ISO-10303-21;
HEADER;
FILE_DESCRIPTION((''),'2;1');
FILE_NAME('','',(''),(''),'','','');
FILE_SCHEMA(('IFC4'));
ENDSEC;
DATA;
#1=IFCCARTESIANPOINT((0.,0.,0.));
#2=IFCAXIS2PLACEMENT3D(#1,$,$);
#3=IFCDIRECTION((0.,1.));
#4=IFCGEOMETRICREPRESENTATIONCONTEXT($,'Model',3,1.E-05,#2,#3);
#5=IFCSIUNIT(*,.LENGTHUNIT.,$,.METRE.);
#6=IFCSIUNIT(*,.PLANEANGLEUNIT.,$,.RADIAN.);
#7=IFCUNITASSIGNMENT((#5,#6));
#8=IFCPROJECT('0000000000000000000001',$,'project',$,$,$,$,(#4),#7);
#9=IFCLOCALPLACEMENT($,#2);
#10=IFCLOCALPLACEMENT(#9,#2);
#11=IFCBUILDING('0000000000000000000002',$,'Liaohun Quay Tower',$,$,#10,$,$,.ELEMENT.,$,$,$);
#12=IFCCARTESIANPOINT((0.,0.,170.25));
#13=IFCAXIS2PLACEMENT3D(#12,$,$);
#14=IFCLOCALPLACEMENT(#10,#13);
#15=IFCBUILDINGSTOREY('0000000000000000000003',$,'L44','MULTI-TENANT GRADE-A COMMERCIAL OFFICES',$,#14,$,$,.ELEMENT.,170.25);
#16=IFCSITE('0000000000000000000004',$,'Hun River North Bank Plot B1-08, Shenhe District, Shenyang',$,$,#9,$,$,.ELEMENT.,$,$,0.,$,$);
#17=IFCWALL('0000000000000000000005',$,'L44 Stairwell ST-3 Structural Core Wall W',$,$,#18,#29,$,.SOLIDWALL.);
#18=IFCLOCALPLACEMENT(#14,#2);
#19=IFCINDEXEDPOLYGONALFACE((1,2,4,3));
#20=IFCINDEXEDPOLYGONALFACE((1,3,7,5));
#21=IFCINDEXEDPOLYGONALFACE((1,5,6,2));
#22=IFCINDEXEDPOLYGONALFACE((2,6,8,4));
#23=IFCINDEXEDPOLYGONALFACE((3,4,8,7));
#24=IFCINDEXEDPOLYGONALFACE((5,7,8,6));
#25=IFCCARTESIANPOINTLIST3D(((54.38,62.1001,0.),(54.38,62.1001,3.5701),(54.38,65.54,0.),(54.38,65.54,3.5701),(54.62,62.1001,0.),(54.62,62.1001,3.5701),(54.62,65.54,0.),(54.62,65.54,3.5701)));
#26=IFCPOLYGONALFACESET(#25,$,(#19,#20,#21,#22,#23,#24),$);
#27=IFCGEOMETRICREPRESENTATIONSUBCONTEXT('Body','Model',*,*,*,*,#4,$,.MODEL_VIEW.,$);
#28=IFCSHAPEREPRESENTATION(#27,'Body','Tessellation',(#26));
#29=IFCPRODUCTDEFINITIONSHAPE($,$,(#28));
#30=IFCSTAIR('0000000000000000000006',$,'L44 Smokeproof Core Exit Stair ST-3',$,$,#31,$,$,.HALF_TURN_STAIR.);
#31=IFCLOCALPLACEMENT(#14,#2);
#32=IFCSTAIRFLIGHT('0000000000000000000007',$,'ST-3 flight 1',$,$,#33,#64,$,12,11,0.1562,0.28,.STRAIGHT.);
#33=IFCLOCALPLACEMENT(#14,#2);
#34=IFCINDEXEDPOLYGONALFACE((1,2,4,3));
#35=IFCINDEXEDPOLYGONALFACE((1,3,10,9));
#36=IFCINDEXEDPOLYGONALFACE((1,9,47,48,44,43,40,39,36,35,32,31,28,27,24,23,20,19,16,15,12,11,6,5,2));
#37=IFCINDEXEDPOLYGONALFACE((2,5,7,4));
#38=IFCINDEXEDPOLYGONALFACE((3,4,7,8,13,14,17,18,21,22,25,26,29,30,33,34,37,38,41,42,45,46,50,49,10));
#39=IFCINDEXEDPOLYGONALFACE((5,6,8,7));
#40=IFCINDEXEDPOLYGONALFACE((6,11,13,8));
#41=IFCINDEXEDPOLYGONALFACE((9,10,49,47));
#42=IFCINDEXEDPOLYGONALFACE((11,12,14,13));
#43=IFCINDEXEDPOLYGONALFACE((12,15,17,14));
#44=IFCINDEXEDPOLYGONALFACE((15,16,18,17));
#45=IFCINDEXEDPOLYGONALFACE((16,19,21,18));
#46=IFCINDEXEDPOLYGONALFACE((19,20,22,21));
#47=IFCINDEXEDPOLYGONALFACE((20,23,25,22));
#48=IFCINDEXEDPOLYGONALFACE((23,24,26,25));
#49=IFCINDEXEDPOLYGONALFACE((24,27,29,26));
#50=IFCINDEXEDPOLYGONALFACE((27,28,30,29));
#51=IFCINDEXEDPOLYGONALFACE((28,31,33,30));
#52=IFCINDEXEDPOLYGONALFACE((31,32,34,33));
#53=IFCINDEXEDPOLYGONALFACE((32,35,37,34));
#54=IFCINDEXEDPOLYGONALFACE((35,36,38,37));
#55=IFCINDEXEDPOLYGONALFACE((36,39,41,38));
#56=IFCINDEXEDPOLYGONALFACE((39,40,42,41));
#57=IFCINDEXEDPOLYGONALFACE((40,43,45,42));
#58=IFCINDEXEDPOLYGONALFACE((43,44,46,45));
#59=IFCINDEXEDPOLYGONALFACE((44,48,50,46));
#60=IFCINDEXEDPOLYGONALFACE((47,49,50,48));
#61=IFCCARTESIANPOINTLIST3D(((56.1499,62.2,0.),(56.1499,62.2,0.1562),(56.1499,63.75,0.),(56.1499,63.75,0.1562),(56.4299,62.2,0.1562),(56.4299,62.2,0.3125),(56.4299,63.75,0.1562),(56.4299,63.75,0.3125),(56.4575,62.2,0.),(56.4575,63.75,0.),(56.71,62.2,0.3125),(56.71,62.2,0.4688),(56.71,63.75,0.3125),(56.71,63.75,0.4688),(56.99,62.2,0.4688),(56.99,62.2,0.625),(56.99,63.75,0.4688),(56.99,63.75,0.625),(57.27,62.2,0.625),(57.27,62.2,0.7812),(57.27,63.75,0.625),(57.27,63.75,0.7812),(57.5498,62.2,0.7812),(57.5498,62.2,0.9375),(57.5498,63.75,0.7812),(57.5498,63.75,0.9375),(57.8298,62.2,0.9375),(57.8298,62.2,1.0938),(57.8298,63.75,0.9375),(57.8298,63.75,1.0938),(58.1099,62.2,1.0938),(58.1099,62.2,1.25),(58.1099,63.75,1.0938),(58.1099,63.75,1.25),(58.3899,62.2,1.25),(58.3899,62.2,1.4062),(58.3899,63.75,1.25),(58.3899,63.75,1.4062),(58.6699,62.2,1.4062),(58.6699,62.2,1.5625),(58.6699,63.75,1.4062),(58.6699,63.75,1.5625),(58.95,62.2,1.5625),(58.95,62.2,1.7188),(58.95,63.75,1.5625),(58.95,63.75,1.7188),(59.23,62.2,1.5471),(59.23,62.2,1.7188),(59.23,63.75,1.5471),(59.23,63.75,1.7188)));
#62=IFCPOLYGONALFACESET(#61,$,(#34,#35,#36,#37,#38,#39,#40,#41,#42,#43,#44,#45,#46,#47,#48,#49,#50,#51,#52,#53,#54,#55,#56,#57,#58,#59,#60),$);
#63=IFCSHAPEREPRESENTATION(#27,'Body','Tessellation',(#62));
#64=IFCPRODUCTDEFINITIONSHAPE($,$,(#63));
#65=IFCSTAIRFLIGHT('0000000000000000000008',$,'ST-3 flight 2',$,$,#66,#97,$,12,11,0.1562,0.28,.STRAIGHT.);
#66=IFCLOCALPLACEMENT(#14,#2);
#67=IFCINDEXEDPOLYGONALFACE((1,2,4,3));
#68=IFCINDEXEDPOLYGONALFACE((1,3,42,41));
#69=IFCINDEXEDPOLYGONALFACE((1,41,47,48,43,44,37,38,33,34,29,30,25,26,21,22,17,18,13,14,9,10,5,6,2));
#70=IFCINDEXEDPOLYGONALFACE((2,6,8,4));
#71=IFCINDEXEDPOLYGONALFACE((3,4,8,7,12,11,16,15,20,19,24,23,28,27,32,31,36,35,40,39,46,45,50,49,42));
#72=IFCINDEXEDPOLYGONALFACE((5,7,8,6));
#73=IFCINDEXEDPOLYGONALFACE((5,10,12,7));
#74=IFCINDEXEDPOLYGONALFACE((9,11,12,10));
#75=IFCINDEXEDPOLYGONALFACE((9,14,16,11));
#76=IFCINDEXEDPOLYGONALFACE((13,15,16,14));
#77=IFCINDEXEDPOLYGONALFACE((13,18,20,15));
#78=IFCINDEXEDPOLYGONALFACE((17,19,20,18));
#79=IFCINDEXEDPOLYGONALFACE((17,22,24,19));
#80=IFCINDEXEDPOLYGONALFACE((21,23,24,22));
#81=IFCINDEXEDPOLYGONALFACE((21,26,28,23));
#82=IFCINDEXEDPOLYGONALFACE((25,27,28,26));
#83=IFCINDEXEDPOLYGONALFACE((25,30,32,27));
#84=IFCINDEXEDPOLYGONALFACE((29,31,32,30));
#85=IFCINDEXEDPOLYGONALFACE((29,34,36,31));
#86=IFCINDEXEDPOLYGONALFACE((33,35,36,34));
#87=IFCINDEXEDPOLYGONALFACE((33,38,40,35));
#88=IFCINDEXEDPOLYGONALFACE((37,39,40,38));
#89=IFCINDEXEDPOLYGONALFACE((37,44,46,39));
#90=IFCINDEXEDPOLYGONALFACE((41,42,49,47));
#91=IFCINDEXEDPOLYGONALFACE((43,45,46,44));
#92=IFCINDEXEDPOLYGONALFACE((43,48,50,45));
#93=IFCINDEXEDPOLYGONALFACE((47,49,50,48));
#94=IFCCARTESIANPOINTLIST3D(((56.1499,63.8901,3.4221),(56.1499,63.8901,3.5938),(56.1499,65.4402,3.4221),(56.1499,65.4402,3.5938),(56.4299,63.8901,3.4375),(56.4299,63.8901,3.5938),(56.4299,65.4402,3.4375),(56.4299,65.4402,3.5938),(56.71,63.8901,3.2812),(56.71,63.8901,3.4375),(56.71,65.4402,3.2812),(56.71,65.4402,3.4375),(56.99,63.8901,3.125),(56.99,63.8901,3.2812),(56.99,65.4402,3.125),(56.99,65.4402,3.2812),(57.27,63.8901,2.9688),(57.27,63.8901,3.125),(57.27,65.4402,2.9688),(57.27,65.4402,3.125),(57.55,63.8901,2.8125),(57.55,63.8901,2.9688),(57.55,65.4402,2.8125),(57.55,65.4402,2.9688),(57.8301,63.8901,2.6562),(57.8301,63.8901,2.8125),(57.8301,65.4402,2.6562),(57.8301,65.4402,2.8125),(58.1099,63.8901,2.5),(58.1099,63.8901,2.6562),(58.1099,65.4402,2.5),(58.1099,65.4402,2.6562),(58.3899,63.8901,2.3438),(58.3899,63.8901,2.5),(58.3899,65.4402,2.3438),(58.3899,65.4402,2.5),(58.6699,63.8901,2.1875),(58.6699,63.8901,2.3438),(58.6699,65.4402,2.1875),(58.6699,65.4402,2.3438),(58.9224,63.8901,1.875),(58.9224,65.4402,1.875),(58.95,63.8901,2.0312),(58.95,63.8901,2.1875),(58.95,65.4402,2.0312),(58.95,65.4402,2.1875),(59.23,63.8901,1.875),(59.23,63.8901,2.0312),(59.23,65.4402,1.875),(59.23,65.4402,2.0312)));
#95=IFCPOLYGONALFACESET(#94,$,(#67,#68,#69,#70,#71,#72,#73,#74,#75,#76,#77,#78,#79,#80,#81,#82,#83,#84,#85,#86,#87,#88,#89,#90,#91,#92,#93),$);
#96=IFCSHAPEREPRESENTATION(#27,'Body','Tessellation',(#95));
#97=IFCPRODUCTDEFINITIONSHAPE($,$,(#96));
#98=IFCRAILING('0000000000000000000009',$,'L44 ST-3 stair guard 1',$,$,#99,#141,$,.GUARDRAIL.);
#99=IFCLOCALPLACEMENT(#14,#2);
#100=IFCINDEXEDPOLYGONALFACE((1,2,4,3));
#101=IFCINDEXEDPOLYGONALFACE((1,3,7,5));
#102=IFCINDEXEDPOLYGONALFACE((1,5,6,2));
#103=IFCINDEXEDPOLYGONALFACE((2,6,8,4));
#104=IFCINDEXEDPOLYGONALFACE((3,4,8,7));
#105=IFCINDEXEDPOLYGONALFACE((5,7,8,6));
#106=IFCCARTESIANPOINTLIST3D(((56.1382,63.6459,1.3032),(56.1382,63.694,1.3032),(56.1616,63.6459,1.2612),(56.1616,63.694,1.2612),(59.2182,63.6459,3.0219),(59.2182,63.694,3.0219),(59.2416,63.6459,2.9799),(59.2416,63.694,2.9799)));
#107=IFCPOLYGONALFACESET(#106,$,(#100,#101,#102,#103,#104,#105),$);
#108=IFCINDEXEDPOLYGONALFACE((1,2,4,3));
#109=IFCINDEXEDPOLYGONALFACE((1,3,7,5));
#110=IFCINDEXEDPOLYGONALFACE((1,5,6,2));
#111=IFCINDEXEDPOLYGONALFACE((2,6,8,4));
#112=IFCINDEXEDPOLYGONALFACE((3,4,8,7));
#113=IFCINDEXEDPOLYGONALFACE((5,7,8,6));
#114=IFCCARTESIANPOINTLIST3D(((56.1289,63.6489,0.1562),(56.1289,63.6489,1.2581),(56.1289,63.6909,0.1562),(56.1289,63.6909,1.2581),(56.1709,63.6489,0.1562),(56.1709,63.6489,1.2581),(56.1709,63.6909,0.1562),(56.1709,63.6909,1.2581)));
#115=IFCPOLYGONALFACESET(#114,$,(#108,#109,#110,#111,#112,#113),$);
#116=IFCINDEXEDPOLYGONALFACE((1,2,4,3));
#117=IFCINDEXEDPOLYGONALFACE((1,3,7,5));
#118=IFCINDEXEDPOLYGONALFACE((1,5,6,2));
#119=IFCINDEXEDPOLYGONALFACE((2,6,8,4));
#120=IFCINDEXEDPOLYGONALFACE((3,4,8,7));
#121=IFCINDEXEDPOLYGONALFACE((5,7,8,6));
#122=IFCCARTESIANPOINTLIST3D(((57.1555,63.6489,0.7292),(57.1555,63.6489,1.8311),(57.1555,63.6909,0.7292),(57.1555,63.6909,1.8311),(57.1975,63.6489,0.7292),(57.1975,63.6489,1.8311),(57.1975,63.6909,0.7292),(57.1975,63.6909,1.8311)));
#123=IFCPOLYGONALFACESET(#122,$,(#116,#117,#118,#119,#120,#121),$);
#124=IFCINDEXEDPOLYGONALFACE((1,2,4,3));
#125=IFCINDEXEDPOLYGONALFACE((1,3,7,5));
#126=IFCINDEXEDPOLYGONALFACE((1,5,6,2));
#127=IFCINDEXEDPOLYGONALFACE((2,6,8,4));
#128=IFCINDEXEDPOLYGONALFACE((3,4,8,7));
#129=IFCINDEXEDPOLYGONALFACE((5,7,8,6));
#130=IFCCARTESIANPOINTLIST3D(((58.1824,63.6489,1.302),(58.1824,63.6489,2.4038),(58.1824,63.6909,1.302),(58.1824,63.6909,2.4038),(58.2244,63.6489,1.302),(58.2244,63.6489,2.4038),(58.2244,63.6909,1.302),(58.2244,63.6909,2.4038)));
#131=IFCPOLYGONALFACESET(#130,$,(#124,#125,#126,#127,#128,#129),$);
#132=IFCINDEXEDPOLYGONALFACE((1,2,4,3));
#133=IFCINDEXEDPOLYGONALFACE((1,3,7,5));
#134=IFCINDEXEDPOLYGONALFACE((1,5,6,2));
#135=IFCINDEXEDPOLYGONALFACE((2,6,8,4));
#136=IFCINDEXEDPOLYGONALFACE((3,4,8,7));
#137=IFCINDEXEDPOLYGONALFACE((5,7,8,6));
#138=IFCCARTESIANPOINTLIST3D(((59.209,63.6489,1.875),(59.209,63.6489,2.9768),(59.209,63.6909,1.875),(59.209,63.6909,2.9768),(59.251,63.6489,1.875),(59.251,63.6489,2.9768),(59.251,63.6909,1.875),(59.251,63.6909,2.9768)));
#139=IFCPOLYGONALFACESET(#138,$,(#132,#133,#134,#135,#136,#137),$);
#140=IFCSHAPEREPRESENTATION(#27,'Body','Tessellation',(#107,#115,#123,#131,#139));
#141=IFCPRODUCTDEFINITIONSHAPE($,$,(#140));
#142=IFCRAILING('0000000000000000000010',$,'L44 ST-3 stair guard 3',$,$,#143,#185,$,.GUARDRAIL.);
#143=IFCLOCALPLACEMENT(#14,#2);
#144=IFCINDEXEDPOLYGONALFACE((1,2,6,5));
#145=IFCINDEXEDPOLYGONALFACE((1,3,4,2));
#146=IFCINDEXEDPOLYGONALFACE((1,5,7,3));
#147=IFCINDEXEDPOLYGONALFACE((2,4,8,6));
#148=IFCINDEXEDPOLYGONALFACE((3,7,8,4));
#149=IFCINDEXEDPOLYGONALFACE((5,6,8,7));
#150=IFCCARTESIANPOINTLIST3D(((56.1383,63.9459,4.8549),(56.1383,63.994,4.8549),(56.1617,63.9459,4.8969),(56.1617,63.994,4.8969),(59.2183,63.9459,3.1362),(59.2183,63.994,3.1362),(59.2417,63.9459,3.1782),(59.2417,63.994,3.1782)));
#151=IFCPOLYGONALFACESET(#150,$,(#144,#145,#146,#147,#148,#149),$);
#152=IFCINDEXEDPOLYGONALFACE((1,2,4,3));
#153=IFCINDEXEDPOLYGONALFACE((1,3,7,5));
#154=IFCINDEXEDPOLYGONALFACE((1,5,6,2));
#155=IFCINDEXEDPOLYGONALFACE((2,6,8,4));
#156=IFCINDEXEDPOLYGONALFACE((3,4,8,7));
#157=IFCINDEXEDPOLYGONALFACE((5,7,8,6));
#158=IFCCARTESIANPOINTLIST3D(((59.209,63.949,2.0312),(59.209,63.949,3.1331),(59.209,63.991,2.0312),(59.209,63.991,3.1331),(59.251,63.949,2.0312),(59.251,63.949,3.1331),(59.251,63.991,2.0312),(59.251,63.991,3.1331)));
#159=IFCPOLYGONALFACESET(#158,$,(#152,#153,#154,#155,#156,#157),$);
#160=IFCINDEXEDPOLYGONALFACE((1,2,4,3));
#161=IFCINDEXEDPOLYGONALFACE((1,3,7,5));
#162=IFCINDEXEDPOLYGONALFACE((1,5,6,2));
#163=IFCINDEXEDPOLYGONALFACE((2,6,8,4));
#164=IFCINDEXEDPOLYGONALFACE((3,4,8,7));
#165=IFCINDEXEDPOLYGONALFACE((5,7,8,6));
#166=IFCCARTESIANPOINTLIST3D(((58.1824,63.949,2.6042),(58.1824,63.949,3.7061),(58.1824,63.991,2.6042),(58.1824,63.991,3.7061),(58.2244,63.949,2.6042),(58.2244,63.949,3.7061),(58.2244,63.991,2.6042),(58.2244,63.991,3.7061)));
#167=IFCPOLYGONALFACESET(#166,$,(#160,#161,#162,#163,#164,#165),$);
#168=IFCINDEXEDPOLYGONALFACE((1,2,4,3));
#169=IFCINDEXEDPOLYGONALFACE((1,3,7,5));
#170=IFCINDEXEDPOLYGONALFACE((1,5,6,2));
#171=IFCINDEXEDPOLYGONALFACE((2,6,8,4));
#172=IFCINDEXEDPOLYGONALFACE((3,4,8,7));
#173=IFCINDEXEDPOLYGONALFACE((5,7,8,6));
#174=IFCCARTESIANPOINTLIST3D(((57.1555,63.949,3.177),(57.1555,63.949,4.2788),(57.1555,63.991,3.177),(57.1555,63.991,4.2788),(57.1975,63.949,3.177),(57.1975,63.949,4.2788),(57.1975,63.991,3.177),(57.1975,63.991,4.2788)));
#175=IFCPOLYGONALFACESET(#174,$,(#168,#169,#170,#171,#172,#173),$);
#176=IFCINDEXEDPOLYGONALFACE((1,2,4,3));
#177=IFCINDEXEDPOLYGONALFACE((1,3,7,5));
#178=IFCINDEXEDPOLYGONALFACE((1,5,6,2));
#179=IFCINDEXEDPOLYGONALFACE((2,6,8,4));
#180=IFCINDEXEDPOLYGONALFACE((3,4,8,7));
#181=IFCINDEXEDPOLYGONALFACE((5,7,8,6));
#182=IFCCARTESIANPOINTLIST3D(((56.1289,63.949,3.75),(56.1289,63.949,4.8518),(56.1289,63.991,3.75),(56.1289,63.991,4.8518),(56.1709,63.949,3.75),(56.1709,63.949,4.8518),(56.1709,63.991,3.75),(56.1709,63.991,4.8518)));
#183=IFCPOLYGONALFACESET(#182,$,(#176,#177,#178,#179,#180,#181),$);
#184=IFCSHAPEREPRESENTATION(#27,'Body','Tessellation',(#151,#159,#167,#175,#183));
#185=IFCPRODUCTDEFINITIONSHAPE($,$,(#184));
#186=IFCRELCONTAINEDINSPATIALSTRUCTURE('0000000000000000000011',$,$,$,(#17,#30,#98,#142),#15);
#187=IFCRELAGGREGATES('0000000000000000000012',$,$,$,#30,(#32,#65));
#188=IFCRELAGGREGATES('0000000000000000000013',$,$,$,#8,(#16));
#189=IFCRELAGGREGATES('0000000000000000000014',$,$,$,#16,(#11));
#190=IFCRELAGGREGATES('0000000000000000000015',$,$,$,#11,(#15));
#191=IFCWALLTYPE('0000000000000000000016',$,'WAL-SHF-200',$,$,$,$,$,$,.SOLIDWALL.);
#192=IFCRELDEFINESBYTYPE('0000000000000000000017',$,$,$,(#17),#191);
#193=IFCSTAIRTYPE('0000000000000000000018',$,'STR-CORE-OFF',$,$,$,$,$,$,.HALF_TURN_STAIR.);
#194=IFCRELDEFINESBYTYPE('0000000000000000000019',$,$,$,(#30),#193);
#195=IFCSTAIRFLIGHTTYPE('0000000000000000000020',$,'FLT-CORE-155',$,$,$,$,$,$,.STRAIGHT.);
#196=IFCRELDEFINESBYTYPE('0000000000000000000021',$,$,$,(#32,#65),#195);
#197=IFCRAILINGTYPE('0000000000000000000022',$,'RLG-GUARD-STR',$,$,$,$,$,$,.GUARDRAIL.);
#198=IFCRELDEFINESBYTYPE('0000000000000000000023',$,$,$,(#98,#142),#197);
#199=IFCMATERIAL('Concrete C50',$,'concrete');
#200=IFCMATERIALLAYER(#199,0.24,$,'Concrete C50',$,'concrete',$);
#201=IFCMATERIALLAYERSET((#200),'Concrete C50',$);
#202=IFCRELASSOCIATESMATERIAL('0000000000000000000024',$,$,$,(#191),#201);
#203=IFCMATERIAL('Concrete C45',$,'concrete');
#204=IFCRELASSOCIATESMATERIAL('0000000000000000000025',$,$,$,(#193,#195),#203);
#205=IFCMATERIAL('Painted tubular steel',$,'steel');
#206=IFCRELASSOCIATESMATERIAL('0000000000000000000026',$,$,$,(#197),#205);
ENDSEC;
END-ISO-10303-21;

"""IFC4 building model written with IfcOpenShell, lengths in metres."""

from ifc_helpers import new_model, si_unit, direction, frame, frame_2d, origin, origin_2d, place, context, subcontext, project, spatial, polyline, rectangle, outline, extrude, material, layer, layer_set, type_object, element, aggregate, save


model = new_model("IFC4")

# Units and contexts
model_context = context("Model", 3, precision=1e-05, world=origin(), true_north=direction((0.0, 1.0)))
body_context = subcontext(model_context, "Body", "Model", "MODEL_VIEW")
ifc_project = project(units=[si_unit("LENGTHUNIT", "METRE"), si_unit("PLANEANGLEUNIT", "RADIAN")], contexts=[model_context])

# Site, building, storey
site_placement = place(None, origin())
site = spatial("IfcSite", under=ifc_project, at=site_placement, Name="Hun River North Bank Plot B1-08, Shenhe District, Shenyang", CompositionType="ELEMENT", RefElevation=0.0)
building_placement = place(site_placement, origin())
building = spatial("IfcBuilding", under=site, at=building_placement, Name="Liaohun Quay Tower", CompositionType="ELEMENT")
storey_placement = place(building_placement, frame((0.0, 0.0, 170.25)))
storey = spatial("IfcBuildingStorey", under=building, at=storey_placement, Name="L44", Description="MULTI-TENANT GRADE-A COMMERCIAL OFFICES", CompositionType="ELEMENT", Elevation=170.25)

# Wall
ifc_material_1 = material(Name="Concrete C50", Category="concrete")
ifc_layer_1 = layer(ifc_material_1, 0.24, Name="Concrete C50", Category="concrete")
ifc_layer_set_1 = layer_set([ifc_layer_1], Name="Concrete C50")
wall_type_1 = type_object("IfcWallType", Name="WAL-SHF-200", PredefinedType="SOLIDWALL", material=ifc_layer_set_1)
wall_1_placement = place(storey_placement, frame((54.5, 65.54, 0.0), z_axis=(0.0, 0.0, 1.0), x_axis=(0.0, -1.0, 0.0)))
element("IfcWall", 1, at=wall_1_placement, inside=storey, type_object=wall_type_1, Name="L44 Stairwell ST-3 Structural Core Wall W", PredefinedType="SOLIDWALL", context=body_context, shape_type="SweptSolid", body=[
    extrude(rectangle(XDim=3.4399, YDim=0.24, at=frame_2d((1.72, 0.0))), origin(), (0.0, 0.0, 1.0), 3.5701),
])

# Stair, stair flights
ifc_material_2 = material(Name="Concrete C45", Category="concrete")
stair_type = type_object("IfcStairType", Name="STR-CORE-OFF", PredefinedType="HALF_TURN_STAIR", material=ifc_material_2)
stair_placement = place(storey_placement, origin())
stair = element("IfcStair", 2, at=stair_placement, inside=storey, type_object=stair_type, Name="L44 Smokeproof Core Exit Stair ST-3", PredefinedType="HALF_TURN_STAIR")
stair_flight_type = type_object("IfcStairFlightType", Name="FLT-CORE-155", PredefinedType="STRAIGHT", material=ifc_material_2)
stair_flight_1_placement = place(storey_placement, frame((56.1499, 62.9751, 0.0), z_axis=(0.0, 0.0, 1.0), x_axis=(1.0, 0.0, 0.0)))
stair_flight_1 = element("IfcStairFlight", 3, at=stair_flight_1_placement, type_object=stair_flight_type, Name="ST-3 flight 1", NumberOfRisers=12, NumberOfTreads=11, PredefinedType="STRAIGHT", RiserHeight=0.1562, TreadLength=0.28, context=body_context, shape_type="SweptSolid", body=[
    extrude(outline(polyline([(0.0, 0.0), (0.0, 0.1562), (0.28, 0.1562), (0.28, 0.3125), (0.5601, 0.3125), (0.5601, 0.4688), (0.8401, 0.4688), (0.8401, 0.625), (1.1201, 0.625), (1.1201, 0.7812), (1.3999, 0.7812), (1.3999, 0.9375), (1.6799, 0.9375), (1.6799, 1.0938), (1.96, 1.0938), (1.96, 1.25), (2.24, 1.25), (2.24, 1.4062), (2.52, 1.4062), (2.52, 1.5625), (2.8, 1.5625), (2.8, 1.7188), (3.0801, 1.7188), (3.0801, 1.875), (3.0801, 1.5471), (0.3076, 0.0), (0.0, 0.0)])), frame((0.0, 0.7749, 0.0), z_axis=(0.0, -1.0, 0.0), x_axis=(1.0, 0.0, 0.0)), (0.0, 0.0, 1.0), 1.55),
])
stair_flight_2_placement = place(storey_placement, frame((59.23, 64.665, 1.875), z_axis=(0.0, 0.0, 1.0), x_axis=(-1.0, 0.0, 0.0)))
stair_flight_2 = element("IfcStairFlight", 4, at=stair_flight_2_placement, type_object=stair_flight_type, Name="ST-3 flight 2", NumberOfRisers=12, NumberOfTreads=11, PredefinedType="STRAIGHT", RiserHeight=0.1562, TreadLength=0.28, context=body_context, shape_type="SweptSolid", body=[
    extrude(outline(polyline([(0.0, 0.0), (0.0, 0.1562), (0.28, 0.1562), (0.28, 0.3125), (0.5601, 0.3125), (0.5601, 0.4688), (0.8401, 0.4688), (0.8401, 0.625), (1.1201, 0.625), (1.1201, 0.7812), (1.3999, 0.7812), (1.3999, 0.9375), (1.6799, 0.9375), (1.6799, 1.0938), (1.96, 1.0938), (1.96, 1.25), (2.24, 1.25), (2.24, 1.4062), (2.52, 1.4062), (2.52, 1.5625), (2.8, 1.5625), (2.8, 1.7188), (3.0801, 1.7188), (3.0801, 1.875), (3.0801, 1.5471), (0.3076, 0.0), (0.0, 0.0)])), frame((0.0, 0.7749, 0.0), z_axis=(0.0, -1.0, 0.0), x_axis=(1.0, 0.0, 0.0)), (0.0, 0.0, 1.0), 1.55),
])
aggregate(stair, [stair_flight_1, stair_flight_2])

# Railings
ifc_material_3 = material(Name="Painted tubular steel", Category="steel")
railing_type_1 = type_object("IfcRailingType", Name="RLG-GUARD-STR", PredefinedType="GUARDRAIL", material=ifc_material_3)
railing_1_placement = place(storey_placement, frame((56.1499, 63.6699, 0.1562)))
element("IfcRailing", 5, at=railing_1_placement, inside=storey, type_object=railing_type_1, Name="L44 ST-3 stair guard 1", PredefinedType="GUARDRAIL", context=body_context, shape_type="SweptSolid", body=[
    extrude(rectangle(XDim=0.0481, YDim=0.0481, at=origin_2d()), frame((0.0, 0.0, 1.126), z_axis=(0.873242, 0.0, 0.487288), x_axis=(0.0, 1.0, 0.0)), (0.0, 0.0, 1.0), 3.5271),
    extrude(rectangle(XDim=0.042, YDim=0.042, at=origin_2d()), origin(), (0.0, 0.0, 1.0), 1.1018),
    extrude(rectangle(XDim=0.042, YDim=0.042, at=origin_2d()), frame((1.0266, 0.0, 0.573)), (0.0, 0.0, 1.0), 1.1018),
    extrude(rectangle(XDim=0.042, YDim=0.042, at=origin_2d()), frame((2.0535, 0.0, 1.1458)), (0.0, 0.0, 1.0), 1.1018),
    extrude(rectangle(XDim=0.042, YDim=0.042, at=origin_2d()), frame((3.0801, 0.0, 1.7188)), (0.0, 0.0, 1.0), 1.1018),
])
railing_2_placement = place(storey_placement, frame((59.23, 63.97, 2.0312)))
element("IfcRailing", 6, at=railing_2_placement, inside=storey, type_object=railing_type_1, Name="L44 ST-3 stair guard 3", PredefinedType="GUARDRAIL", context=body_context, shape_type="SweptSolid", body=[
    extrude(rectangle(XDim=0.0481, YDim=0.0481, at=origin_2d()), frame((0.0, 0.0, 1.126), z_axis=(-0.873242, 0.0, 0.487288), x_axis=(0.0, -1.0, 0.0)), (0.0, 0.0, 1.0), 3.5271),
    extrude(rectangle(XDim=0.042, YDim=0.042, at=origin_2d()), origin(), (0.0, 0.0, 1.0), 1.1018),
    extrude(rectangle(XDim=0.042, YDim=0.042, at=origin_2d()), frame((-1.0266, 0.0, 0.573)), (0.0, 0.0, 1.0), 1.1018),
    extrude(rectangle(XDim=0.042, YDim=0.042, at=origin_2d()), frame((-2.0535, 0.0, 1.1458)), (0.0, 0.0, 1.0), 1.1018),
    extrude(rectangle(XDim=0.042, YDim=0.042, at=origin_2d()), frame((-3.0801, 0.0, 1.7188)), (0.0, 0.0, 1.0), 1.1018),
])

save(model, "model.ifc")
